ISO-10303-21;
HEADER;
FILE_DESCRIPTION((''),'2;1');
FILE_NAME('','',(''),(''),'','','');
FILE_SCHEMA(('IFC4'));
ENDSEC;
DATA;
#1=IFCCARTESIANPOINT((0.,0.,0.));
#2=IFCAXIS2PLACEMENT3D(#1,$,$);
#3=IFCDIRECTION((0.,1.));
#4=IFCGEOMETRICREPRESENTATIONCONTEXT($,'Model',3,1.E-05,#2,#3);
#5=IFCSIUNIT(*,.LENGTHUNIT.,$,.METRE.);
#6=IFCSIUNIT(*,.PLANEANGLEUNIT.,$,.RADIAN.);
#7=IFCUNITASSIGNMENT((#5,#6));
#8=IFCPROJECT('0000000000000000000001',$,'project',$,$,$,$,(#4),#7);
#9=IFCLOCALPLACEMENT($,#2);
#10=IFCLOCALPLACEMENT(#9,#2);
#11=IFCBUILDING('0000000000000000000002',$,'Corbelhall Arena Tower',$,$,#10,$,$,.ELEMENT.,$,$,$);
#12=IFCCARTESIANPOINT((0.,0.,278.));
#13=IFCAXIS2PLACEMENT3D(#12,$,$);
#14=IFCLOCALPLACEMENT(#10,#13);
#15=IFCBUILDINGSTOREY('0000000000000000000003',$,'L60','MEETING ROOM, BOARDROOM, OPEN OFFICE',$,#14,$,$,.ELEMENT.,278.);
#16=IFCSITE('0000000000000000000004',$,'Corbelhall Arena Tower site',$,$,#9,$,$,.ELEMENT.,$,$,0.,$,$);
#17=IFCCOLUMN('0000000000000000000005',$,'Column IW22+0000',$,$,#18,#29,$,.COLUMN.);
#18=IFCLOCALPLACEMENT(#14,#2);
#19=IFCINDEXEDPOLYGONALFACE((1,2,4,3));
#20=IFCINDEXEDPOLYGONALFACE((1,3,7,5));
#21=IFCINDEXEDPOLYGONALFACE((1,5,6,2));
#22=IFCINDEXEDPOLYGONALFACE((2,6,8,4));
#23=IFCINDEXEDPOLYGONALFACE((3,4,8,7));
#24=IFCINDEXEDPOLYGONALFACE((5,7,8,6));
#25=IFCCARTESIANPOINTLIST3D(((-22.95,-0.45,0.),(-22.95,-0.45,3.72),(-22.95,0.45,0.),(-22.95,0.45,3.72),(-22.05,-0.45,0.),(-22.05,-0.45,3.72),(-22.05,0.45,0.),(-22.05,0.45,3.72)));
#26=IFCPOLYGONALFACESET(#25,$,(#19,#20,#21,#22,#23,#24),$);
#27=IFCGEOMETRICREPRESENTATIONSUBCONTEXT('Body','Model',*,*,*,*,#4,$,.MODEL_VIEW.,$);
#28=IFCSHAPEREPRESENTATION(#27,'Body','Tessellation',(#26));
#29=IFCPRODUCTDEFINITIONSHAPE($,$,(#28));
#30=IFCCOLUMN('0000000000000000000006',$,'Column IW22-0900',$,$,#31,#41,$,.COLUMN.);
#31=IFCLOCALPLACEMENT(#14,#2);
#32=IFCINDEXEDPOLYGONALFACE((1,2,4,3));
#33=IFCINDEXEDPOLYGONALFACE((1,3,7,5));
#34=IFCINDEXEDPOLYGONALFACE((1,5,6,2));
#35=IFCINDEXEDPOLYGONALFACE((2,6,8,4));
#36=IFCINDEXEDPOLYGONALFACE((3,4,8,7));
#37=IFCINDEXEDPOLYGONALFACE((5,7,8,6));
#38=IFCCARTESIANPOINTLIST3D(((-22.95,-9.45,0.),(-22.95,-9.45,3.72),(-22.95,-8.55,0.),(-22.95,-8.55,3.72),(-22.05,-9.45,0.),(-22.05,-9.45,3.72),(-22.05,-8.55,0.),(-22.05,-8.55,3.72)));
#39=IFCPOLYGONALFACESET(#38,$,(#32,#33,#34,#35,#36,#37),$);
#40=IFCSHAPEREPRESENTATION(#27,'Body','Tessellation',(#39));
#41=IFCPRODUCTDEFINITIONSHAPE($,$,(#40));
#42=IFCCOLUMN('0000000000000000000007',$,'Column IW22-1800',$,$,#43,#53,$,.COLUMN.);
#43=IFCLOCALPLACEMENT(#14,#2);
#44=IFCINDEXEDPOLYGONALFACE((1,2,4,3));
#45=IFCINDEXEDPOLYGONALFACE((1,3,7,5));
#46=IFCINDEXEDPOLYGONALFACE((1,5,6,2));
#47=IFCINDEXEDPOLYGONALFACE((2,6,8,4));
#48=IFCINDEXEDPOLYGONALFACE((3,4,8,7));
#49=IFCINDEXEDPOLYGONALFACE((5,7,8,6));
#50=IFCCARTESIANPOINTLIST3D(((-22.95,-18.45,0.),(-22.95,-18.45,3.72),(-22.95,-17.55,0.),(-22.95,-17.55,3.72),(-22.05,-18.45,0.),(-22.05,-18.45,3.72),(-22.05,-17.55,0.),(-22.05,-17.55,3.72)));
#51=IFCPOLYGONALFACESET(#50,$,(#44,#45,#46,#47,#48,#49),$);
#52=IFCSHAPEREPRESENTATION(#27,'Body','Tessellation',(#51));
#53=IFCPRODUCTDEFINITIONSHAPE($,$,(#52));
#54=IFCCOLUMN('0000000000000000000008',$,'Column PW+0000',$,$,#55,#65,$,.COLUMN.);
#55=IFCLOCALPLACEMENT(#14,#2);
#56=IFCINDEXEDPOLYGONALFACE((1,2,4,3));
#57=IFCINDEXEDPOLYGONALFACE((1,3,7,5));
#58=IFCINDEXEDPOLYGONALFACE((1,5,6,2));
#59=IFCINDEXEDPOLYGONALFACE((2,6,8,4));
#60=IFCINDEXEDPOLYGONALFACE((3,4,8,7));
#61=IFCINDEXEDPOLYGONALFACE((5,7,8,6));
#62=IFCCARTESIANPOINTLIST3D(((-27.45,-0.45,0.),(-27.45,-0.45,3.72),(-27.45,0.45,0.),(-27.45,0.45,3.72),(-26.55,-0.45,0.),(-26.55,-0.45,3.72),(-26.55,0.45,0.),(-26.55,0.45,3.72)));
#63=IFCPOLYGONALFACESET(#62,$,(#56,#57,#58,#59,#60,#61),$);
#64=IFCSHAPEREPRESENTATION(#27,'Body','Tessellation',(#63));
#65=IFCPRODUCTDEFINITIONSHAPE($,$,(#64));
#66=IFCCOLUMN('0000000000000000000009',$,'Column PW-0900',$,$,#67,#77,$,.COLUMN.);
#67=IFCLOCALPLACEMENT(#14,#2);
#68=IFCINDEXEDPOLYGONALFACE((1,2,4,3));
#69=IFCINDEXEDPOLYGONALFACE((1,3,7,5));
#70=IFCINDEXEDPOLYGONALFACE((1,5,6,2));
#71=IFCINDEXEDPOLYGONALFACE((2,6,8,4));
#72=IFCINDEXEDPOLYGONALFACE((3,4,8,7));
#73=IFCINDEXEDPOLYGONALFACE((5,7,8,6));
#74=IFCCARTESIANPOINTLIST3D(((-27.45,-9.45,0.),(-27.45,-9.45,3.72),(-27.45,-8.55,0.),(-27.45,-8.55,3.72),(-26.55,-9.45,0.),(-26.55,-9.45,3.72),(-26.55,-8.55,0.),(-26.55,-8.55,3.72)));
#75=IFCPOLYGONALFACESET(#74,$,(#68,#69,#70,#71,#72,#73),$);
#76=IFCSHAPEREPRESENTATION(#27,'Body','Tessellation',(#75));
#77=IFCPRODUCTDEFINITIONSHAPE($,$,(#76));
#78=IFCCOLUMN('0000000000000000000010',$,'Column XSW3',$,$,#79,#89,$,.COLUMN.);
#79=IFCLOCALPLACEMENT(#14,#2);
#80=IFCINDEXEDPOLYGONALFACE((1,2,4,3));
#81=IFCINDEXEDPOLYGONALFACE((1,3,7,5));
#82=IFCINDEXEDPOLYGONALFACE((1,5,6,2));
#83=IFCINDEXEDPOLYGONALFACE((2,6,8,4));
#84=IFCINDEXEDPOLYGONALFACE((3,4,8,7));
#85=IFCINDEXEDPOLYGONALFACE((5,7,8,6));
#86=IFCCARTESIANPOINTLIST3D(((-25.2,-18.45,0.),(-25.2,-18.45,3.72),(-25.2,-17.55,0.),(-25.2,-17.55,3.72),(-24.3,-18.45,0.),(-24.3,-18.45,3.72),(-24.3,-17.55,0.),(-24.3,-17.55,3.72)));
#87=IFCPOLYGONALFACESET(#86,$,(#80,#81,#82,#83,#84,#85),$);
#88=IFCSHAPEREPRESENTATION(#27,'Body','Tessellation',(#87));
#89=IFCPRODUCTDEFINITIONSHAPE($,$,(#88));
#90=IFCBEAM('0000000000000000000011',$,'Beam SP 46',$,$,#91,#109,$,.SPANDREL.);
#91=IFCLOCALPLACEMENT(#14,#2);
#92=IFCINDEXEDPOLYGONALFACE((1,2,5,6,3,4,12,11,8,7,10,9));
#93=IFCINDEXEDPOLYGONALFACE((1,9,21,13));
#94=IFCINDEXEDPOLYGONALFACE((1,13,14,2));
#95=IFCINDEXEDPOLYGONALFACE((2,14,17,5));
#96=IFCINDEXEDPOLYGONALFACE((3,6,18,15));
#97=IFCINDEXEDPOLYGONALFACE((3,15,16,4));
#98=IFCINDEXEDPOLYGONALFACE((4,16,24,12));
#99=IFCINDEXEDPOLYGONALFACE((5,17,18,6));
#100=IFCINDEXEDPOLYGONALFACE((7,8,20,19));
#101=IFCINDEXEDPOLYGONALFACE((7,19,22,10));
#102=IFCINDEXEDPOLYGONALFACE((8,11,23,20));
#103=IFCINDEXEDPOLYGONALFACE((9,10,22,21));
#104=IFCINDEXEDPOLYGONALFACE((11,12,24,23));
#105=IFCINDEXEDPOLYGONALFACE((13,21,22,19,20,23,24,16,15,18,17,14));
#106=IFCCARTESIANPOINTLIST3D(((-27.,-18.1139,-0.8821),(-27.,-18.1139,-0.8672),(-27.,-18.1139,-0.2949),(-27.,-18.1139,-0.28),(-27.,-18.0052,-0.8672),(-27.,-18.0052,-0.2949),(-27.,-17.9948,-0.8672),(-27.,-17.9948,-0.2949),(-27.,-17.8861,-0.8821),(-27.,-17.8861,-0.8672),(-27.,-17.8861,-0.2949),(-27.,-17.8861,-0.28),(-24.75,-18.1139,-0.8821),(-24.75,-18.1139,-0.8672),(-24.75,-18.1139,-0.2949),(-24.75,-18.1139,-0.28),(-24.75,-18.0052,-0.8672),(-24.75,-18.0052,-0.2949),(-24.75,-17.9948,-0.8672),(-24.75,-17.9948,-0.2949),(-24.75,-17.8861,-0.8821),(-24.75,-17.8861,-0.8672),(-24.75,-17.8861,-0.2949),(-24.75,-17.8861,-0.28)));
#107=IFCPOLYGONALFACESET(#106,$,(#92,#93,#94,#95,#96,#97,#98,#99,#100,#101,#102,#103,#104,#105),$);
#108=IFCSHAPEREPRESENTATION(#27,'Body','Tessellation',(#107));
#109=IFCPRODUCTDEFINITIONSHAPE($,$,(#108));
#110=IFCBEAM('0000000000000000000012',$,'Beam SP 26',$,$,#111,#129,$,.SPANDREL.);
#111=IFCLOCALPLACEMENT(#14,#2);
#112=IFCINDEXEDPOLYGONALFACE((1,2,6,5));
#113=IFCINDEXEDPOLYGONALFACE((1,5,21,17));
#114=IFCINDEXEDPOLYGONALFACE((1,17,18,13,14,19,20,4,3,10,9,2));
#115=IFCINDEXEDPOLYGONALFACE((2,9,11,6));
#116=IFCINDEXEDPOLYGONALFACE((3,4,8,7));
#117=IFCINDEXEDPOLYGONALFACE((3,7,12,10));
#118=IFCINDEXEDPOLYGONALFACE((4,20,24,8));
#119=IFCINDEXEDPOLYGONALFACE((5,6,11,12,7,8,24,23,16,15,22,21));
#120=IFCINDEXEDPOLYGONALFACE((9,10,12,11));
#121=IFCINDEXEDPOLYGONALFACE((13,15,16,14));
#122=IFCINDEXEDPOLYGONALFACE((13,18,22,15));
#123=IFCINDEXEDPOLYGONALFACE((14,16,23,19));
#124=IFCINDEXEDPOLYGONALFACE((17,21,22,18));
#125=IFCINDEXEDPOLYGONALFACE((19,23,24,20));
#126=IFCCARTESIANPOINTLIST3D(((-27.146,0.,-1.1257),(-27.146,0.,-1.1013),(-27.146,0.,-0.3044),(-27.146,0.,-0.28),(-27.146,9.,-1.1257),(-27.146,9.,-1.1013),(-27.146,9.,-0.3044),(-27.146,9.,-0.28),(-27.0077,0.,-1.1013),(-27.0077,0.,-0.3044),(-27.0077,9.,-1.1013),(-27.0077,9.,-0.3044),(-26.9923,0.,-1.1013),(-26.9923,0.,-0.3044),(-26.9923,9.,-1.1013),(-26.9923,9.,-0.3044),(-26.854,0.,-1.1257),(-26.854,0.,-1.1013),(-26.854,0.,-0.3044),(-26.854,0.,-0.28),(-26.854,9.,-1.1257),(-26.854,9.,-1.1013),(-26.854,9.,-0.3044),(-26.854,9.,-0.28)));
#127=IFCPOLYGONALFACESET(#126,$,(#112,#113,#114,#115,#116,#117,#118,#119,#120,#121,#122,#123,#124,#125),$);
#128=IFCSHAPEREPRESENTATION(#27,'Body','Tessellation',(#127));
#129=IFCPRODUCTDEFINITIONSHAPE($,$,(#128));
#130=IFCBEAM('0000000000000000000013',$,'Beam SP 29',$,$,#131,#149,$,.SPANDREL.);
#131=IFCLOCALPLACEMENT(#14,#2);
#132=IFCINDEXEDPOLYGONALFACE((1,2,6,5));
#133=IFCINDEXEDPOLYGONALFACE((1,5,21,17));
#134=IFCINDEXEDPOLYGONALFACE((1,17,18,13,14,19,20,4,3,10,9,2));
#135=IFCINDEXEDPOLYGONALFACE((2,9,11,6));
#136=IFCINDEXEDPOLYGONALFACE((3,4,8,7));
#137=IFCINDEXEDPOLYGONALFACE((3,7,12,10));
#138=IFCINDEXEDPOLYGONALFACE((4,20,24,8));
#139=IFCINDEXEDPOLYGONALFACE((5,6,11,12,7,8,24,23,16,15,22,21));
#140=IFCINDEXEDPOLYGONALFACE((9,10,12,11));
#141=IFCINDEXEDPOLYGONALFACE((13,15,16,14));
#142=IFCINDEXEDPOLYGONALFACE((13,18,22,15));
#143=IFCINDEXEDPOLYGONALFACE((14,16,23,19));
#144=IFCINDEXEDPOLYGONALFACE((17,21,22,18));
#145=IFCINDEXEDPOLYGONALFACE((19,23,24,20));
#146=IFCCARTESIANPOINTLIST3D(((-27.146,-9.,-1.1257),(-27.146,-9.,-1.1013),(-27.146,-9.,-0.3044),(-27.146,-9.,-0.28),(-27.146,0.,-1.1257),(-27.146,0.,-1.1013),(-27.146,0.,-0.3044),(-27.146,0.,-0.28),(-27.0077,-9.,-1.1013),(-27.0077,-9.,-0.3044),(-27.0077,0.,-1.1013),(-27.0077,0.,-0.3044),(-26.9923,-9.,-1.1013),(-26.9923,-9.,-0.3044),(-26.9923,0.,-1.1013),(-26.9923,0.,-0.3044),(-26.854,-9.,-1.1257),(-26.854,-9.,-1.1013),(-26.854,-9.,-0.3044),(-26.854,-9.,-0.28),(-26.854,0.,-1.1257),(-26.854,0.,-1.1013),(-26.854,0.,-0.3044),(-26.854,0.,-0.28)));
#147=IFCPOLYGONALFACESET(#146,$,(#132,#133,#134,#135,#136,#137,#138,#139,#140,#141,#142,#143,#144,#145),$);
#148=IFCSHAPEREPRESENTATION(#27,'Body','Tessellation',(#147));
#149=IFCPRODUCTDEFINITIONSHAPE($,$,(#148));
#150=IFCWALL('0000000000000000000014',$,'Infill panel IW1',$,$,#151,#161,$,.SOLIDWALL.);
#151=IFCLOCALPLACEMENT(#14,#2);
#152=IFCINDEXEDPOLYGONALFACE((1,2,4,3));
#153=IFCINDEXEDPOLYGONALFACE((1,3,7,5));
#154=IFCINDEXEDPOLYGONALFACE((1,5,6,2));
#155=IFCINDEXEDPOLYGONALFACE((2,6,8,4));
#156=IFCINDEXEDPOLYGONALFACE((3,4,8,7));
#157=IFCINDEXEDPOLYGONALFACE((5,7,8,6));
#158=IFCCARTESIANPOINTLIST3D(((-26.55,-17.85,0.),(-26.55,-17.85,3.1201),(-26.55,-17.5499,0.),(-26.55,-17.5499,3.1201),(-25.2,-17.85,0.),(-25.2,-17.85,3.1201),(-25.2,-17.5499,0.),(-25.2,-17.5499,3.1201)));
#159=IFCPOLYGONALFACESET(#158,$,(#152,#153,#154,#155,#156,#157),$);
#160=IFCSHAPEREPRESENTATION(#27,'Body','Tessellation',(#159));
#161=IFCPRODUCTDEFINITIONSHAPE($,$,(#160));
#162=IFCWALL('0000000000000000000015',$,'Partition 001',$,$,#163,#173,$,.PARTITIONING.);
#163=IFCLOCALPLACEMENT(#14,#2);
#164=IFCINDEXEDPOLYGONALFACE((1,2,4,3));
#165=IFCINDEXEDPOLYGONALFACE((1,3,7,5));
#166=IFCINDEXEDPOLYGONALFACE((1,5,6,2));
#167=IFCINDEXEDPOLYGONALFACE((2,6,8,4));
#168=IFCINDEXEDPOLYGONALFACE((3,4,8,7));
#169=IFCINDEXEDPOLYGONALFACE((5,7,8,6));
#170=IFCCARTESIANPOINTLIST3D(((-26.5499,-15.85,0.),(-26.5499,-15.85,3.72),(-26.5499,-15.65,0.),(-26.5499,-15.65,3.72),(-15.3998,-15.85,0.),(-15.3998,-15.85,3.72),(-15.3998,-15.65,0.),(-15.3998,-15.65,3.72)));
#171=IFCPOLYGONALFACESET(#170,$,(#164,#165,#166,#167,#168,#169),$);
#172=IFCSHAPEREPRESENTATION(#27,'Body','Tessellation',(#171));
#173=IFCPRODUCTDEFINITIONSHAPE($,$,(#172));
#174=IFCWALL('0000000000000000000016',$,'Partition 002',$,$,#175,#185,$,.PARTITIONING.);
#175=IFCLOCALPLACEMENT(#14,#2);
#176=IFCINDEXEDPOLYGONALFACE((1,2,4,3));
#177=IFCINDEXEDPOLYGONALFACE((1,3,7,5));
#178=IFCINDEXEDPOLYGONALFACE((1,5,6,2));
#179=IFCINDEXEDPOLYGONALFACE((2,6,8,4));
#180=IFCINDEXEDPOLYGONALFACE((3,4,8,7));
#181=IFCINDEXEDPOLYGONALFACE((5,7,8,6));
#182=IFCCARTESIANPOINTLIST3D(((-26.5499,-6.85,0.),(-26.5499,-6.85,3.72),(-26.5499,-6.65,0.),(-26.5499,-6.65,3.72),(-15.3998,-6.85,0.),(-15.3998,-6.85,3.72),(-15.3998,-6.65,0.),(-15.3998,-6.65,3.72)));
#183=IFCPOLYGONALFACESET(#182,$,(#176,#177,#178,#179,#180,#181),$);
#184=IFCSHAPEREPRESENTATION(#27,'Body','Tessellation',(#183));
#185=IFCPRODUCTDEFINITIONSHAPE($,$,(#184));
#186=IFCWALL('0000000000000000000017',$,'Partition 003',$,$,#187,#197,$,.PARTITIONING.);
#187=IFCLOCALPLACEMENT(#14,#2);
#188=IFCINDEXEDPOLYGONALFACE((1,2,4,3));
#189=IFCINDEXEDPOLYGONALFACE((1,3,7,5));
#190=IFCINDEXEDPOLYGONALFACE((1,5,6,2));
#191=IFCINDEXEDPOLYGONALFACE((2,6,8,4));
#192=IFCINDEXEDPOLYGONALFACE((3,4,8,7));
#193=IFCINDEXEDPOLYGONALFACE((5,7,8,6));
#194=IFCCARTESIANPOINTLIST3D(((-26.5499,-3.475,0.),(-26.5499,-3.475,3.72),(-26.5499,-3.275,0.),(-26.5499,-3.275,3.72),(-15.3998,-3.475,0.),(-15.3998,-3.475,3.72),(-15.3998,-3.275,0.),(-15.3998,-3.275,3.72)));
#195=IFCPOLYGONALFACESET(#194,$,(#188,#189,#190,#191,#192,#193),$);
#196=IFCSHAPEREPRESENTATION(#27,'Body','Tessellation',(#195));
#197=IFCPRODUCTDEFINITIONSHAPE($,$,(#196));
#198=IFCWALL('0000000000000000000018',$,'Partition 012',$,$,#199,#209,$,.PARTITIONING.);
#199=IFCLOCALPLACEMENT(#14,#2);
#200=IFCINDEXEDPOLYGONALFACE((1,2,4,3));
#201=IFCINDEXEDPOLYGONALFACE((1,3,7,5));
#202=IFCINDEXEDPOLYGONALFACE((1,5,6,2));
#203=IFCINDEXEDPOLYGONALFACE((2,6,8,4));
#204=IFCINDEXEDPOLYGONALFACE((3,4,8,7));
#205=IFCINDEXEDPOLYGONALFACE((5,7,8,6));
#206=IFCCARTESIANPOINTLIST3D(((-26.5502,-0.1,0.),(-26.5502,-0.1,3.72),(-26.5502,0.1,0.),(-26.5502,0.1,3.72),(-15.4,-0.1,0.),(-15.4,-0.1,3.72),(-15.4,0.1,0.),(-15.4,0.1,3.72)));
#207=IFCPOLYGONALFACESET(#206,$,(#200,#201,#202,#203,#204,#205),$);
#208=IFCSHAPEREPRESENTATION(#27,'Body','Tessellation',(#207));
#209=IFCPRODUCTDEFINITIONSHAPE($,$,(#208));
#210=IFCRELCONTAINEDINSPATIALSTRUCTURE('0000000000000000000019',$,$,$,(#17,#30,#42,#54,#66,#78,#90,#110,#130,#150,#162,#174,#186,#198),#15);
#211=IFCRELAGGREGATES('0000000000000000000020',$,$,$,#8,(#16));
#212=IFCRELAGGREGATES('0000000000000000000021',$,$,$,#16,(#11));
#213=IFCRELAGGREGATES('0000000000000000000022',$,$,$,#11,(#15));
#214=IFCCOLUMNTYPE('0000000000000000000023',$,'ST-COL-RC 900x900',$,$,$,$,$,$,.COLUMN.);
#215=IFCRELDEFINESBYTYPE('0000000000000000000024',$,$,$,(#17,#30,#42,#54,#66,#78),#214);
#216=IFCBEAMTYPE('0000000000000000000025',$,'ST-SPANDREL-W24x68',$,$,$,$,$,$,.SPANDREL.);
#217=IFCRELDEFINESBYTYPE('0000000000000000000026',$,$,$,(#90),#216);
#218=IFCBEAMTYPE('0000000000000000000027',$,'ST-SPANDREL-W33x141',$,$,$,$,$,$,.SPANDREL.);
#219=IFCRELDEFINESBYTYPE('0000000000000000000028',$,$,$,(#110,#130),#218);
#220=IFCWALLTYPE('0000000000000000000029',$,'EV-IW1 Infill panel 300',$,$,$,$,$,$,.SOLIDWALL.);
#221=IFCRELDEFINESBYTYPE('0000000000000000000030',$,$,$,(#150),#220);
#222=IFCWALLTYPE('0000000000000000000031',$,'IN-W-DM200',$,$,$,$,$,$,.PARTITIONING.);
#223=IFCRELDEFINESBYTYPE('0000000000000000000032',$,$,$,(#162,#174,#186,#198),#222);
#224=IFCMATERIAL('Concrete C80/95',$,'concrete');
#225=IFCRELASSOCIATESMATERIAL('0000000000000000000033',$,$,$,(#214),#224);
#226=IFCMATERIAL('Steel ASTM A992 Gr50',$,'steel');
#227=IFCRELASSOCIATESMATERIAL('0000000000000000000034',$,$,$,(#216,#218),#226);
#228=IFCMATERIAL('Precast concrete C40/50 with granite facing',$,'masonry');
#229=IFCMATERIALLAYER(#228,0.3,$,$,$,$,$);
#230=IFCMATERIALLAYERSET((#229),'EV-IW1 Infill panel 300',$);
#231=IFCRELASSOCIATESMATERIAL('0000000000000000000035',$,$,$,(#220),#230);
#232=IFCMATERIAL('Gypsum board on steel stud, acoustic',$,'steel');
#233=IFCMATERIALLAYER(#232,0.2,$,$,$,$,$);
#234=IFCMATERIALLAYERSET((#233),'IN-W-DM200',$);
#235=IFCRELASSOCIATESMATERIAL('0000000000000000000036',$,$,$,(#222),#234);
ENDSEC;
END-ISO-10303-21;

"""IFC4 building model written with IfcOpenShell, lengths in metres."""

from ifc_helpers import new_model, si_unit, direction, frame, frame_2d, origin, origin_2d, place, context, subcontext, project, spatial, rectangle, i_section, extrude, material, layer, layer_set, material_profile, profile_set, type_object, element, save


model = new_model("IFC4")

# Units and contexts
model_context = context("Model", 3, precision=1e-05, world=origin(), true_north=direction((0.0, 1.0)))
body_context = subcontext(model_context, "Body", "Model", "MODEL_VIEW")
ifc_project = project(units=[si_unit("LENGTHUNIT", "METRE"), si_unit("PLANEANGLEUNIT", "RADIAN")], contexts=[model_context])

# Site, building, storey
site_placement = place(None, origin())
site = spatial("IfcSite", under=ifc_project, at=site_placement, Name="Corbelhall Arena Tower site", CompositionType="ELEMENT", RefElevation=0.0)
building_placement = place(site_placement, origin())
building = spatial("IfcBuilding", under=site, at=building_placement, Name="Corbelhall Arena Tower", CompositionType="ELEMENT")
storey_placement = place(building_placement, frame((0.0, 0.0, 278.0)))
storey = spatial("IfcBuildingStorey", under=building, at=storey_placement, Name="L60", Description="MEETING ROOM, BOARDROOM, OPEN OFFICE", CompositionType="ELEMENT", Elevation=278.0)

# Columns
ifc_material_1 = material(Name="Concrete C80/95", Category="concrete")
ifc_material_profile_1 = material_profile(ifc_material_1, rectangle(XDim=0.8999, YDim=0.8999, at=origin_2d()))
ifc_profile_set_1 = profile_set([ifc_material_profile_1], Name="Concrete C80/95")
column_type = type_object("IfcColumnType", Name="ST-COL-RC 900x900", PredefinedType="COLUMN", material=ifc_profile_set_1)
for number, where, z_axis, x_axis, name in (
    (1, (-22.5, 0.0, 0.0), (0.0, 0.0, 1.0), (1.0, 0.0, 0.0), "Column IW22+0000"),
    (2, (-22.5, -9.0, 0.0), (0.0, 0.0, 1.0), (1.0, 0.0, 0.0), "Column IW22-0900"),
    (3, (-22.5, -18.0, 0.0), (0.0, 0.0, 1.0), (1.0, 0.0, 0.0), "Column IW22-1800"),
    (4, (-27.0, 0.0, 0.0), (0.0, 0.0, 1.0), (0.0, 1.0, 0.0), "Column PW+0000"),
    (5, (-27.0, -9.0, 0.0), (0.0, 0.0, 1.0), (0.0, 1.0, 0.0), "Column PW-0900"),
    (6, (-24.75, -18.0, 0.0), (0.0, 0.0, 1.0), (1.0, 0.0, 0.0), "Column XSW3"),
):
    element("IfcColumn", number, at=place(storey_placement, frame(where, z_axis=z_axis, x_axis=x_axis)), inside=storey, type_object=column_type, Name=name, PredefinedType="COLUMN", context=body_context, shape_type="SweptSolid", body=[
        extrude(rectangle(XDim=0.8999, YDim=0.8999, at=origin_2d()), origin(), (0.0, 0.0, 1.0), 3.72),
    ])

# Beams
ifc_material_2 = material(Name="Steel ASTM A992 Gr50", Category="steel")
ifc_material_profile_2 = material_profile(ifc_material_2, i_section(OverallWidth=0.2278, OverallDepth=0.6021, WebThickness=0.0105, FlangeThickness=0.0149, at=origin_2d()))
ifc_profile_set_2 = profile_set([ifc_material_profile_2], Name="Steel ASTM A992 Gr50")
beam_type_1 = type_object("IfcBeamType", Name="ST-SPANDREL-W24x68", PredefinedType="SPANDREL", material=ifc_profile_set_2)
beam_placement = place(storey_placement, frame((-24.75, -18.0, -0.5811), z_axis=(-1.0, 0.0, 0.0), x_axis=(0.0, -1.0, 0.0)))
element("IfcBeam", 7, at=beam_placement, inside=storey, type_object=beam_type_1, Name="Beam SP 46", PredefinedType="SPANDREL", context=body_context, shape_type="SweptSolid", body=[
    extrude(i_section(OverallWidth=0.2278, OverallDepth=0.6021, WebThickness=0.0105, FlangeThickness=0.0149, at=origin_2d()), origin(), (0.0, 0.0, 1.0), 2.25),
])
ifc_material_profile_3 = material_profile(ifc_material_2, i_section(OverallWidth=0.292, OverallDepth=0.8457, WebThickness=0.0154, FlangeThickness=0.0244, at=origin_2d()))
ifc_profile_set_3 = profile_set([ifc_material_profile_3], Name="Steel ASTM A992 Gr50")
beam_type_2 = type_object("IfcBeamType", Name="ST-SPANDREL-W33x141", PredefinedType="SPANDREL", material=ifc_profile_set_3)
for number, where, z_axis, x_axis, name in (
    (8, (-27.0, 0.0, -0.7029), (0.0, 1.0, 0.0), (-1.0, 0.0, 0.0), "Beam SP 26"),
    (9, (-27.0, -9.0, -0.7029), (0.0, 1.0, 0.0), (-1.0, 0.0, 0.0), "Beam SP 29"),
):
    element("IfcBeam", number, at=place(storey_placement, frame(where, z_axis=z_axis, x_axis=x_axis)), inside=storey, type_object=beam_type_2, Name=name, PredefinedType="SPANDREL", context=body_context, shape_type="SweptSolid", body=[
        extrude(i_section(OverallWidth=0.292, OverallDepth=0.8457, WebThickness=0.0154, FlangeThickness=0.0244, at=origin_2d()), origin(), (0.0, 0.0, 1.0), 9.0),
    ])

# Shared definitions
ifc_material_3 = material(Name="Precast concrete C40/50 with granite facing", Category="masonry")
ifc_layer_1 = layer(ifc_material_3, 0.3)
ifc_layer_set_1 = layer_set([ifc_layer_1], Name="EV-IW1 Infill panel 300")
wall_type_1 = type_object("IfcWallType", Name="EV-IW1 Infill panel 300", PredefinedType="SOLIDWALL", material=ifc_layer_set_1)

# Walls
wall_1_placement = place(storey_placement, frame((-26.55, -17.7, 0.0), z_axis=(0.0, 0.0, 1.0), x_axis=(1.0, 0.0, 0.0)))
element("IfcWall", 10, at=wall_1_placement, inside=storey, type_object=wall_type_1, Name="Infill panel IW1", PredefinedType="SOLIDWALL", context=body_context, shape_type="SweptSolid", body=[
    extrude(rectangle(XDim=1.3501, YDim=0.3, at=frame_2d((0.675, 0.0))), origin(), (0.0, 0.0, 1.0), 3.1201),
])
ifc_material_4 = material(Name="Gypsum board on steel stud, acoustic", Category="steel")
ifc_layer_2 = layer(ifc_material_4, 0.2)
ifc_layer_set_2 = layer_set([ifc_layer_2], Name="IN-W-DM200")
wall_type_2 = type_object("IfcWallType", Name="IN-W-DM200", PredefinedType="PARTITIONING", material=ifc_layer_set_2)
for number, where, z_axis, x_axis, name in (
    (11, (-26.55, -15.75, 0.0), (0.0, 0.0, 1.0), (1.0, 0.0, 0.0), "Partition 001"),
    (12, (-26.55, -6.75, 0.0), (0.0, 0.0, 1.0), (1.0, 0.0, 0.0), "Partition 002"),
    (13, (-26.55, -3.375, 0.0), (0.0, 0.0, 1.0), (1.0, 0.0, 0.0), "Partition 003"),
):
    element("IfcWall", number, at=place(storey_placement, frame(where, z_axis=z_axis, x_axis=x_axis)), inside=storey, type_object=wall_type_2, Name=name, PredefinedType="PARTITIONING", context=body_context, shape_type="SweptSolid", body=[
        extrude(rectangle(XDim=11.1501, YDim=0.2, at=frame_2d((5.5752, 0.0))), origin(), (0.0, 0.0, 1.0), 3.72),
    ])

# Wall
wall_2_placement = place(storey_placement, frame((-15.3999, 0.0, 0.0), z_axis=(0.0, 0.0, 1.0), x_axis=(-1.0, 0.0, 0.0)))
element("IfcWall", 14, at=wall_2_placement, inside=storey, type_object=wall_type_2, Name="Partition 012", PredefinedType="PARTITIONING", context=body_context, shape_type="SweptSolid", body=[
    extrude(rectangle(XDim=11.1501, YDim=0.2, at=frame_2d((5.5752, 0.0))), origin(), (0.0, 0.0, 1.0), 3.72),
])

save(model, "model.ifc")
